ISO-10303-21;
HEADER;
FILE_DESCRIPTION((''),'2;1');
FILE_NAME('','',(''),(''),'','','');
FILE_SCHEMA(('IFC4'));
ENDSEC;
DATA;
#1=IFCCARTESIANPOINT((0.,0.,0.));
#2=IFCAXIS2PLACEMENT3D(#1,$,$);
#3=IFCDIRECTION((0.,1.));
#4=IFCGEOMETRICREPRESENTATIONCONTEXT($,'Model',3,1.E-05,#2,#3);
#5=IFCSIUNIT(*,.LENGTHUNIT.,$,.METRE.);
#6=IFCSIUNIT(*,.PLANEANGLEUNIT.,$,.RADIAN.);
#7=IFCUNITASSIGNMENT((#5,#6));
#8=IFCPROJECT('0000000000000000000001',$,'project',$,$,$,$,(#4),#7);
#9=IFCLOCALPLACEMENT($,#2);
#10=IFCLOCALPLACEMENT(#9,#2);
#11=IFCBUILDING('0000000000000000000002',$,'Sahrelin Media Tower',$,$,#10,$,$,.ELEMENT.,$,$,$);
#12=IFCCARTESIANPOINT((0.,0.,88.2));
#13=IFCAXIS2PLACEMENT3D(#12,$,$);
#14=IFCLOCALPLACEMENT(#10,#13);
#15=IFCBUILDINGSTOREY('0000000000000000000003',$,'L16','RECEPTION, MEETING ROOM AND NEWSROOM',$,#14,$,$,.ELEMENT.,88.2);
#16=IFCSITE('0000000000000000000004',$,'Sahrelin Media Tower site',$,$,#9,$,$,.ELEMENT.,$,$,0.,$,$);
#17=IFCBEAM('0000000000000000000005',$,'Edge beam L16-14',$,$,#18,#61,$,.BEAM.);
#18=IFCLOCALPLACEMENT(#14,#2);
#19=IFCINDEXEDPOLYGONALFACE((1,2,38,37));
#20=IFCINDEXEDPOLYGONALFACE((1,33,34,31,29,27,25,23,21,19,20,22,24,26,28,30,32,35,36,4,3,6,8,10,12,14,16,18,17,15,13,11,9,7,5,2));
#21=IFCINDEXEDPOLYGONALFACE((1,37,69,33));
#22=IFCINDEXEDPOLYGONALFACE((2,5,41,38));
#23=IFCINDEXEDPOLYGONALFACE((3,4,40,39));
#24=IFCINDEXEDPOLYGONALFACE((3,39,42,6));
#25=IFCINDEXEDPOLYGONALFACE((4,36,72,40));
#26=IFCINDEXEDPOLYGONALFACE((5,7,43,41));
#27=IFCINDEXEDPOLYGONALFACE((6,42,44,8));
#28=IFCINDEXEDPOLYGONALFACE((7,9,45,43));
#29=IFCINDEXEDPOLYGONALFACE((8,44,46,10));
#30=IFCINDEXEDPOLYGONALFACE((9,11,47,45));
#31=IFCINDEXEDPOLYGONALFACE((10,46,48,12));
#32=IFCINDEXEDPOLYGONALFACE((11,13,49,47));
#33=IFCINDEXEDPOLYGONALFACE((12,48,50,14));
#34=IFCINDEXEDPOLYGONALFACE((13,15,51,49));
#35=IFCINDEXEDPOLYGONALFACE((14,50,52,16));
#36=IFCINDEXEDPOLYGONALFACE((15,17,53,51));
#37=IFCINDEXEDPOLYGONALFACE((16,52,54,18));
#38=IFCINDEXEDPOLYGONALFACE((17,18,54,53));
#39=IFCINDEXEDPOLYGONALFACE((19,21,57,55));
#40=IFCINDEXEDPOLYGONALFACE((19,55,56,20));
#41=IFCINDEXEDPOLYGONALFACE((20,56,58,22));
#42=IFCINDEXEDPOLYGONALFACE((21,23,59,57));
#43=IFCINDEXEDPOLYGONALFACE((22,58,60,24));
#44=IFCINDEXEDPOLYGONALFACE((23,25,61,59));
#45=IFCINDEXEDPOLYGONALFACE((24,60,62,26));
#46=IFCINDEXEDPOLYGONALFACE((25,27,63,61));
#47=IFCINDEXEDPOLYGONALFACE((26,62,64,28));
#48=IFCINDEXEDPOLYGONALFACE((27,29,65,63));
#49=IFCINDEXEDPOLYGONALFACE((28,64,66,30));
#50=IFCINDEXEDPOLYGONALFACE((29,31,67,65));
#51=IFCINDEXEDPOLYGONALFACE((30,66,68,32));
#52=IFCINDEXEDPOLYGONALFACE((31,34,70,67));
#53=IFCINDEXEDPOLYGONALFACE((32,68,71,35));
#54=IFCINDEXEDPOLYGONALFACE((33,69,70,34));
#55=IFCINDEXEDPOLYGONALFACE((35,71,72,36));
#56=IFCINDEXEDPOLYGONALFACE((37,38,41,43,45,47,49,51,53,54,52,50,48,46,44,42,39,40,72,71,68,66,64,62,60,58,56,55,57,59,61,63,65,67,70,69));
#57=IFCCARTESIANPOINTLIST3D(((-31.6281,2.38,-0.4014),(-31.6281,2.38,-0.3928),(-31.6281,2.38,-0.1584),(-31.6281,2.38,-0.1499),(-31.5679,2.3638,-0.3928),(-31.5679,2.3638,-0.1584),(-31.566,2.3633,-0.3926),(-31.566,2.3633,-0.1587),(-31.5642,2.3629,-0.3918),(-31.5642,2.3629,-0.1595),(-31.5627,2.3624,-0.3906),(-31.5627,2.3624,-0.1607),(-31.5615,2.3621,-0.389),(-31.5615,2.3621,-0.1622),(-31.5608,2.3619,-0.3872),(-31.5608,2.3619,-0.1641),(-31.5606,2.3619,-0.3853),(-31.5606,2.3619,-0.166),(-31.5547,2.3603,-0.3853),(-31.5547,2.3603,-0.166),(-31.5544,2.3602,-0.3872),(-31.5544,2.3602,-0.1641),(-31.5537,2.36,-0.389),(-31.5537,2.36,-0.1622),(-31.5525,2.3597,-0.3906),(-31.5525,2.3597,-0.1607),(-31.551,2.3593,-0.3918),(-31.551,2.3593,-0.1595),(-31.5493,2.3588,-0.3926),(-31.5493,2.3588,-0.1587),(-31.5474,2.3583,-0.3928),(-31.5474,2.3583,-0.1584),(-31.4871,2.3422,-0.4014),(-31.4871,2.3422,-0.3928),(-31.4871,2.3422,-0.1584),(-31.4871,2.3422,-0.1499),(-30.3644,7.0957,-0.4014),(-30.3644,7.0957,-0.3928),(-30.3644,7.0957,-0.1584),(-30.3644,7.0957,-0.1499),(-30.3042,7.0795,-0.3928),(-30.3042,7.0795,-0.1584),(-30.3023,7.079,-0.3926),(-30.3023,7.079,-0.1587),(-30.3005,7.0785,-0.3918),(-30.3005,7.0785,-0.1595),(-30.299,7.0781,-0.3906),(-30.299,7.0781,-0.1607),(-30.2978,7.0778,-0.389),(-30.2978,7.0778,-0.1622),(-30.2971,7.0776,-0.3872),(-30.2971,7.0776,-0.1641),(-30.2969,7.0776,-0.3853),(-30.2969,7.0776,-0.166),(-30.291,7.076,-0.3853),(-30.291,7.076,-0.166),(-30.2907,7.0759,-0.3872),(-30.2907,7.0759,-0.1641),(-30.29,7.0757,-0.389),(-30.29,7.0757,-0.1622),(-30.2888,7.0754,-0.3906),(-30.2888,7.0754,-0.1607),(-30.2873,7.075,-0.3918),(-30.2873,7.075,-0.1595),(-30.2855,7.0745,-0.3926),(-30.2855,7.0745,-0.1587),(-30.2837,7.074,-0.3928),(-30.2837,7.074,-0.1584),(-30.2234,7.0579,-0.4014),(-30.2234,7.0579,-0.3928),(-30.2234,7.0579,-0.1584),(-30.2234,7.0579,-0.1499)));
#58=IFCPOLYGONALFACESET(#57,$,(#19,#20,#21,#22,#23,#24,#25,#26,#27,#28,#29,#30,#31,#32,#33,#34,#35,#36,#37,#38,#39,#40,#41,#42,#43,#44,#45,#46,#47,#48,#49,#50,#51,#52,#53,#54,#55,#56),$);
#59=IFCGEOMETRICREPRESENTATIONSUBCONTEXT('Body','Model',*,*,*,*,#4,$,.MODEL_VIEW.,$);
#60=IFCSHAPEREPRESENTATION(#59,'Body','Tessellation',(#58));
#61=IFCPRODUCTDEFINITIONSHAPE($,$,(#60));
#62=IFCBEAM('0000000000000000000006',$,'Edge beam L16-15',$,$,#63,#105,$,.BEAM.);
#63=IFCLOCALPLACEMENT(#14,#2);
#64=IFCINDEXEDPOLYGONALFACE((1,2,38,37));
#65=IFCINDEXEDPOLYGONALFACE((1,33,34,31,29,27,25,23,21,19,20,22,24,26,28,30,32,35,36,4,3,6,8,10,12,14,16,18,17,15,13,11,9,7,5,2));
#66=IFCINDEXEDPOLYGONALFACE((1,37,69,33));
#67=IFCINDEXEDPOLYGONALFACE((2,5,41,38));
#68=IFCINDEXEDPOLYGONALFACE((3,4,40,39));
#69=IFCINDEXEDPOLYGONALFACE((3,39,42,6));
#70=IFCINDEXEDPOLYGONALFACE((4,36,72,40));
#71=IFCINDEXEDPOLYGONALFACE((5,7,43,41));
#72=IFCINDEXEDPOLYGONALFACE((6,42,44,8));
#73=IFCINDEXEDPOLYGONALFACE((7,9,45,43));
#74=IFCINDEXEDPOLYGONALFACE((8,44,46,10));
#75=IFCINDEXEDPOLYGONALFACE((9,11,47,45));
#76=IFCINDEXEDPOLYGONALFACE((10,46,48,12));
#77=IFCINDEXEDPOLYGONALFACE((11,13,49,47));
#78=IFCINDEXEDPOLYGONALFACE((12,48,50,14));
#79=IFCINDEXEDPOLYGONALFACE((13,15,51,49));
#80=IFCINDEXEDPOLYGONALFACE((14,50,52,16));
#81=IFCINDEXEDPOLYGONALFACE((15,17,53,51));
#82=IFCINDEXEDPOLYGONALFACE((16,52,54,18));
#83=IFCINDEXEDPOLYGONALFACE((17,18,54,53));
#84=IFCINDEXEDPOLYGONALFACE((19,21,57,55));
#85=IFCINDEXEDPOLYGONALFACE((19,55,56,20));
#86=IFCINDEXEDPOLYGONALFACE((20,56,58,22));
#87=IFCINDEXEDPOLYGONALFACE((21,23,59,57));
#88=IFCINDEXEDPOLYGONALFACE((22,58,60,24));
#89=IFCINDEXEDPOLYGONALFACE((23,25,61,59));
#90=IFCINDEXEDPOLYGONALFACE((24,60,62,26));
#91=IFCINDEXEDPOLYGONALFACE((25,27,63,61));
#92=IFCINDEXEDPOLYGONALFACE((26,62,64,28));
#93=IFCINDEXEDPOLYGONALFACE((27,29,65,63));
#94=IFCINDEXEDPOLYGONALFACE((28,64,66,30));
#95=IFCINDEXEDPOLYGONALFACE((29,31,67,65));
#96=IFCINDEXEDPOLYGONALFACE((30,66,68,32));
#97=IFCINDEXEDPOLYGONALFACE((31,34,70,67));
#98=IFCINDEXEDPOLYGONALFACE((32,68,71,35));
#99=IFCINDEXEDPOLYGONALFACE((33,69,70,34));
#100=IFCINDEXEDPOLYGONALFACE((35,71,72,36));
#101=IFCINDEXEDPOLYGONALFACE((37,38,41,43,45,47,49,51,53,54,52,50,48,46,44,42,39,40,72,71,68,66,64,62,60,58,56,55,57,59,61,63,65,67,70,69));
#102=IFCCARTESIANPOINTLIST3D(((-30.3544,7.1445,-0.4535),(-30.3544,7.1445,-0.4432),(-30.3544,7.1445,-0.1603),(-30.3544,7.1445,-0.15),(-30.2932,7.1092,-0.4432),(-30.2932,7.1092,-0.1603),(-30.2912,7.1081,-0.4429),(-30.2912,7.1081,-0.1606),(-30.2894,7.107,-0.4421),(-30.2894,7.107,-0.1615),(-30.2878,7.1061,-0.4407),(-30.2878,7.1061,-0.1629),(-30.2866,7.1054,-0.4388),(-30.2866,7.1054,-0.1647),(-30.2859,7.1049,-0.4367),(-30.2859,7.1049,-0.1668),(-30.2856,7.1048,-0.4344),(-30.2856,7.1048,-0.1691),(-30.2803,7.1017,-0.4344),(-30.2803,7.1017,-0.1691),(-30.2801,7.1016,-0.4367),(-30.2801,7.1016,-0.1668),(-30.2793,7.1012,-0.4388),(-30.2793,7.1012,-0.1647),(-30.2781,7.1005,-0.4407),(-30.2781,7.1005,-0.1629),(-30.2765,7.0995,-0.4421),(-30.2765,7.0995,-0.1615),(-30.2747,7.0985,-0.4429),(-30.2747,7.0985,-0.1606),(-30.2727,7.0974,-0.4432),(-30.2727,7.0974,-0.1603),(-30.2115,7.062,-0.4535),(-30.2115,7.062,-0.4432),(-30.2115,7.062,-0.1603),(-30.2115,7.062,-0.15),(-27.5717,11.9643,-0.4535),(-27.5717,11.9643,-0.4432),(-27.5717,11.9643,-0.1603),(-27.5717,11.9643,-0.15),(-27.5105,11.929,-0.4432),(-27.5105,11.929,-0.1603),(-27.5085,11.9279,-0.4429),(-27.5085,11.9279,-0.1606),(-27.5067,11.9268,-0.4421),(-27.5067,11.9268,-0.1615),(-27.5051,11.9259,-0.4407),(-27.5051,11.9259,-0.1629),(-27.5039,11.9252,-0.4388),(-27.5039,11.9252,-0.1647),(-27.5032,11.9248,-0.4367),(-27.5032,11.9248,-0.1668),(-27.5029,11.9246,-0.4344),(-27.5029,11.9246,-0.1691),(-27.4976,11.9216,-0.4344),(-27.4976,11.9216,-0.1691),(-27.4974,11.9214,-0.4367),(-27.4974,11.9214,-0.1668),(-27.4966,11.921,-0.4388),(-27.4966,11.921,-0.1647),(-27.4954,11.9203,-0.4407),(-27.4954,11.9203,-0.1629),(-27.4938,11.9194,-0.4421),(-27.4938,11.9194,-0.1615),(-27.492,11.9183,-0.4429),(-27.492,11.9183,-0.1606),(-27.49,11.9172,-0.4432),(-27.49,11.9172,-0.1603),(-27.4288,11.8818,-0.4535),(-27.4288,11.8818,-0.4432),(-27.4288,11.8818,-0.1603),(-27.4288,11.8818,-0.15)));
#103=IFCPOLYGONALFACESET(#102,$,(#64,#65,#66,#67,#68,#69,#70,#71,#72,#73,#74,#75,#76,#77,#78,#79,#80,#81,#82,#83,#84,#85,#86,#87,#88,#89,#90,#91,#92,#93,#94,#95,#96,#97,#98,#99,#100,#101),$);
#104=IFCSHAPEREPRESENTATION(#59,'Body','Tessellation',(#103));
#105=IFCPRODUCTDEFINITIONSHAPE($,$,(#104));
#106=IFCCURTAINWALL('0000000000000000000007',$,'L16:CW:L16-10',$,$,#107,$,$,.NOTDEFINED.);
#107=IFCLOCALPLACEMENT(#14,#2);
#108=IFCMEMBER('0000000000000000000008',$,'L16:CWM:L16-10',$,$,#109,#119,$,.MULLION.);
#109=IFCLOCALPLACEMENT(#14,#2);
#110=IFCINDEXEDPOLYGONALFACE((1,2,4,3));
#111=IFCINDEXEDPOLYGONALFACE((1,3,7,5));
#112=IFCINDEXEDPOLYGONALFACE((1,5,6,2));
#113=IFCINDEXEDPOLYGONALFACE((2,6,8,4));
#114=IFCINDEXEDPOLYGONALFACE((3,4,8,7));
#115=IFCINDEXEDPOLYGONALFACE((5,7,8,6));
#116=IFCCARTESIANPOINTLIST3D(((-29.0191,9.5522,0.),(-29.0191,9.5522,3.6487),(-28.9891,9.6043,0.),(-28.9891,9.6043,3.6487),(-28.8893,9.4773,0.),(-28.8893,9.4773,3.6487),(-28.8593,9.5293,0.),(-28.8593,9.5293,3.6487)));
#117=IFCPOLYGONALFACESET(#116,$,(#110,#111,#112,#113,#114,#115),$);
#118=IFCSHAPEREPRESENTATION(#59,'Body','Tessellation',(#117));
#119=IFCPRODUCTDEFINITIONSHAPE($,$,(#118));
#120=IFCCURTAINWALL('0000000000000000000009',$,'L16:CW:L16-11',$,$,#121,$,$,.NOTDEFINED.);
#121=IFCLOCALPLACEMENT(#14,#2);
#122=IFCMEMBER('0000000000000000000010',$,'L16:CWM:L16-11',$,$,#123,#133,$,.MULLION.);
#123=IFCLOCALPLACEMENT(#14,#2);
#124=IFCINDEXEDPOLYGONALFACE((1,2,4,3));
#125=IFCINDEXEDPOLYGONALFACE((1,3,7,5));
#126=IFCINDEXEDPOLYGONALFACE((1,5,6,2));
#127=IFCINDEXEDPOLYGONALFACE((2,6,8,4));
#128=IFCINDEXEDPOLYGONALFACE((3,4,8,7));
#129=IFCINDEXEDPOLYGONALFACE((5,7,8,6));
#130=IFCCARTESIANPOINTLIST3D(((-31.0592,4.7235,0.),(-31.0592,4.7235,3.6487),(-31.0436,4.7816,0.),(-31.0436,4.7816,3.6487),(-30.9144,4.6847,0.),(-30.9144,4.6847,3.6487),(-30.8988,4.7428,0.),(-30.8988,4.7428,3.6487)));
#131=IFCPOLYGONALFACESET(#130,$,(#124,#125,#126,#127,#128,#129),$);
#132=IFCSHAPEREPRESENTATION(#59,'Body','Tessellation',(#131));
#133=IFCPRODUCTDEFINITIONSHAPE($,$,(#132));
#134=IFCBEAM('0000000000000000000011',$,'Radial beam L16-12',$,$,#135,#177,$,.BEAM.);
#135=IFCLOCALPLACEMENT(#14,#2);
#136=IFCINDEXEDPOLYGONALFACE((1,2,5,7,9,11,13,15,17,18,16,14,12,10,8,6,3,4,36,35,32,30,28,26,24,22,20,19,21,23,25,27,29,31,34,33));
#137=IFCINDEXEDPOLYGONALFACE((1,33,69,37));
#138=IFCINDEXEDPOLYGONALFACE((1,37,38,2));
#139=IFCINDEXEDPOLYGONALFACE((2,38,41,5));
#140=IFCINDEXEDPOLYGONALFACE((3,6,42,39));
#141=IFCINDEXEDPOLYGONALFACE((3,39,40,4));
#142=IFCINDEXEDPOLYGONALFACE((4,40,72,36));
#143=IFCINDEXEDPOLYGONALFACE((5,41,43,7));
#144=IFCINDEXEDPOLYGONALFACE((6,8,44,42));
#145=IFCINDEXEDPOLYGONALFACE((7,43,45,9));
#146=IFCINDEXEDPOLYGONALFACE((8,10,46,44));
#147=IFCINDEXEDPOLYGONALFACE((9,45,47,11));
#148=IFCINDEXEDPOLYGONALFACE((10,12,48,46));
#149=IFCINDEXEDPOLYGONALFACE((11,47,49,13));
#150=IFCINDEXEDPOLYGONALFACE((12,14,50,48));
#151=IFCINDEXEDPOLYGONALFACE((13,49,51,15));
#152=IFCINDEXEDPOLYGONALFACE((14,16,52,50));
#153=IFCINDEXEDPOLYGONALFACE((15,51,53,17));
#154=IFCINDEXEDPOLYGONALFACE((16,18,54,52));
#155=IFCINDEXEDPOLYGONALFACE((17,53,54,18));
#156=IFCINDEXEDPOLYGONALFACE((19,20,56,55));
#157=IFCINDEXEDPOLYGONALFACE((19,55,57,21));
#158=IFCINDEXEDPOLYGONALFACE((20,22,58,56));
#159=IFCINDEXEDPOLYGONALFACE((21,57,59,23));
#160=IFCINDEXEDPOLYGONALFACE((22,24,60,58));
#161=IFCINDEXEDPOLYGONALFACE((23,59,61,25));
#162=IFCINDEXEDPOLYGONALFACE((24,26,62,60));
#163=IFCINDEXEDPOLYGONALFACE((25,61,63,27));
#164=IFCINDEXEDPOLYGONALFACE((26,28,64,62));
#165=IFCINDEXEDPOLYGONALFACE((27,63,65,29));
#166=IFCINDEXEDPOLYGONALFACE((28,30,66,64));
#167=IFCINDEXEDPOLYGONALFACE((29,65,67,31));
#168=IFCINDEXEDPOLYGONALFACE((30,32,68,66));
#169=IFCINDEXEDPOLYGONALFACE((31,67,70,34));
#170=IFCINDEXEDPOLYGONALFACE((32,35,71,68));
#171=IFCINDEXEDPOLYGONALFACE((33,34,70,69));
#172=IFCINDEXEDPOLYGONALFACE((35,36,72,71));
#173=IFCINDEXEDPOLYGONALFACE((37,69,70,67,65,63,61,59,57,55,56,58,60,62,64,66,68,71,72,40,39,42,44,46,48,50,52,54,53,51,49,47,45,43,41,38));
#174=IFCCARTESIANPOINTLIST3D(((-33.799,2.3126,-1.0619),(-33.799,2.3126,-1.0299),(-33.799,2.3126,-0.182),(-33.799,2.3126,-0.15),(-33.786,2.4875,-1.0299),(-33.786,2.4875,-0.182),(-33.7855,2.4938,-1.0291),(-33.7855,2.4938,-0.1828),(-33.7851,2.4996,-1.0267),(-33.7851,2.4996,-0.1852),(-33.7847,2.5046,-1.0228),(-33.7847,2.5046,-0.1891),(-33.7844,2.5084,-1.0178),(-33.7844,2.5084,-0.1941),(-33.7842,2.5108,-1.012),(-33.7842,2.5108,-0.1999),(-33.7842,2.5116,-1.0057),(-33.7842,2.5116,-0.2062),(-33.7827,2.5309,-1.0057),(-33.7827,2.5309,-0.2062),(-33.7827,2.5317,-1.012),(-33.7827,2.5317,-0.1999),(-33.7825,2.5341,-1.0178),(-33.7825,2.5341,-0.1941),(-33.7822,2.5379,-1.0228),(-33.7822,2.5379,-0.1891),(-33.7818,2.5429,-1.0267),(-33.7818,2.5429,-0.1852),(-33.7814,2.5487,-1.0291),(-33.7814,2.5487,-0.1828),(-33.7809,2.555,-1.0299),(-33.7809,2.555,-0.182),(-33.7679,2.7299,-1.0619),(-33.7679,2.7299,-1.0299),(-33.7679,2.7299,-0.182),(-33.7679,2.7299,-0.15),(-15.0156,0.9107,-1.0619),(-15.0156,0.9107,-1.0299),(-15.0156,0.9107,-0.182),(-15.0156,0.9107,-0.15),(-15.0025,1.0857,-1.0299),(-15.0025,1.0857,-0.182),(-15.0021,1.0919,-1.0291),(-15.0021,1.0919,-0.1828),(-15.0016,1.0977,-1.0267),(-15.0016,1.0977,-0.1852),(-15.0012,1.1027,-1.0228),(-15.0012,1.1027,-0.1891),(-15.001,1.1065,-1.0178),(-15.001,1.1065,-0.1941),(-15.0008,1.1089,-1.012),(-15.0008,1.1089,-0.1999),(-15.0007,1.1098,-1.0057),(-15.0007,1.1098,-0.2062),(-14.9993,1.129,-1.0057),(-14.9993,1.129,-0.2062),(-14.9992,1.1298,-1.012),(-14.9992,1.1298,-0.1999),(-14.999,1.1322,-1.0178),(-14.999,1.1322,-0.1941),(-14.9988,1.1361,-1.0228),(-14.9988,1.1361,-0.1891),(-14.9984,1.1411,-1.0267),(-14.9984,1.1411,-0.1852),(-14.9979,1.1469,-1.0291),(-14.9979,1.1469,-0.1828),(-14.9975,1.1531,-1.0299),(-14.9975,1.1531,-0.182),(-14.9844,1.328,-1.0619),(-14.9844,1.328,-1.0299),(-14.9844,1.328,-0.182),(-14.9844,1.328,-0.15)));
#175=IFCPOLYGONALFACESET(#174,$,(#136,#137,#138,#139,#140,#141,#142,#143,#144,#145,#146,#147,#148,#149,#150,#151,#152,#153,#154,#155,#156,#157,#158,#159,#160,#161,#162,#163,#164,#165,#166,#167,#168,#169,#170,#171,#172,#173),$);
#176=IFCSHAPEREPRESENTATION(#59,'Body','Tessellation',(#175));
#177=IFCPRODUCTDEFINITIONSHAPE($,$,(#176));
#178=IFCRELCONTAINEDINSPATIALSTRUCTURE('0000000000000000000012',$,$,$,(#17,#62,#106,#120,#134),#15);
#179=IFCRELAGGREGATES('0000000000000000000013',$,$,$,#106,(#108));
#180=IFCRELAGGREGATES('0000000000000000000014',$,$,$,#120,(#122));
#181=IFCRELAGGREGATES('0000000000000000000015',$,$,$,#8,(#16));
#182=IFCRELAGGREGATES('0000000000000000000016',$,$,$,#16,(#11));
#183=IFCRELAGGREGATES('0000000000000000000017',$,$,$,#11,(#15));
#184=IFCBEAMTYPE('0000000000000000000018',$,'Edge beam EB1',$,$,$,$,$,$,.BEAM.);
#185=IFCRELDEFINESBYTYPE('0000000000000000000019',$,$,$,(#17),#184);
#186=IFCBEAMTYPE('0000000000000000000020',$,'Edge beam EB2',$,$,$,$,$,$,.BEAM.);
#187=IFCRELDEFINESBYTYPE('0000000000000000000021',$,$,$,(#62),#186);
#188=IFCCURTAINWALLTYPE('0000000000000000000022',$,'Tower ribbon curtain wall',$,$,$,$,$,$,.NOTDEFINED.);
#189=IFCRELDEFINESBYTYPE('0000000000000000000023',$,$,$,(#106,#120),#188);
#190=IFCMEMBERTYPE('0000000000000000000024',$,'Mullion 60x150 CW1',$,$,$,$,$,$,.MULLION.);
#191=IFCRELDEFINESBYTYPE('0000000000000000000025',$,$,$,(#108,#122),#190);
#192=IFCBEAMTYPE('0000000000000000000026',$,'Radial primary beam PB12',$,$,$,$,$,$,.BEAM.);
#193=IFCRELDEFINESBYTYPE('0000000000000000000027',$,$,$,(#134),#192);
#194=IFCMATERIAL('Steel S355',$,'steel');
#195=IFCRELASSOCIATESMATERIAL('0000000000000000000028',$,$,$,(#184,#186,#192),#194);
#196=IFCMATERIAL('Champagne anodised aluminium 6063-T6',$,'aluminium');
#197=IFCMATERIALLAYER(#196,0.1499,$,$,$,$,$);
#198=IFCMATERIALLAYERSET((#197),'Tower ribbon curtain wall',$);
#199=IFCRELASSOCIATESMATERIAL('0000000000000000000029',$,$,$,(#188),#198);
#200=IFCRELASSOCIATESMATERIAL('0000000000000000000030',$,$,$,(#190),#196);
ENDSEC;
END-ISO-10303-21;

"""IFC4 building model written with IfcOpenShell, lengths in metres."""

from ifc_helpers import new_model, si_unit, direction, frame, origin, origin_2d, place, context, subcontext, project, spatial, rectangle, i_section, extrude, material, layer, layer_set, material_profile, profile_set, type_object, element, aggregate, save


model = new_model("IFC4")

# Units and contexts
model_context = context("Model", 3, precision=1e-05, world=origin(), true_north=direction((0.0, 1.0)))
body_context = subcontext(model_context, "Body", "Model", "MODEL_VIEW")
ifc_project = project(units=[si_unit("LENGTHUNIT", "METRE"), si_unit("PLANEANGLEUNIT", "RADIAN")], contexts=[model_context])

# Site, building, storey
site_placement = place(None, origin())
site = spatial("IfcSite", under=ifc_project, at=site_placement, Name="Sahrelin Media Tower site", CompositionType="ELEMENT", RefElevation=0.0)
building_placement = place(site_placement, origin())
building = spatial("IfcBuilding", under=site, at=building_placement, Name="Sahrelin Media Tower", CompositionType="ELEMENT")
storey_placement = place(building_placement, frame((0.0, 0.0, 88.2)))
storey = spatial("IfcBuildingStorey", under=building, at=storey_placement, Name="L16", Description="RECEPTION, MEETING ROOM AND NEWSROOM", CompositionType="ELEMENT", Elevation=88.2)

# Beams
ifc_material_1 = material(Name="Steel S355", Category="steel")
ifc_material_profile_1 = material_profile(ifc_material_1, i_section(OverallWidth=0.146, OverallDepth=0.2515, WebThickness=0.0061, FlangeThickness=0.0085, FilletRadius=0.0076, at=origin_2d()), Name="UB 254x146x31")
ifc_profile_set_1 = profile_set([ifc_material_profile_1], Name="Steel S355")
beam_type_1 = type_object("IfcBeamType", Name="Edge beam EB1", PredefinedType="BEAM", material=ifc_profile_set_1)
beam_1_placement = place(storey_placement, frame((-31.5576, 2.3611, -0.2756), z_axis=(0.258845, 0.965919, 0.0), x_axis=(-0.965919, 0.258845, 0.0)))
element("IfcBeam", 1, at=beam_1_placement, inside=storey, type_object=beam_type_1, Name="Edge beam L16-14", PredefinedType="BEAM", context=body_context, shape_type="SweptSolid", body=[
    extrude(i_section(OverallWidth=0.146, OverallDepth=0.2515, WebThickness=0.0061, FlangeThickness=0.0085, FilletRadius=0.0076, at=origin_2d()), origin(), (0.0, 0.0, 1.0), 4.8821),
])
ifc_material_profile_2 = material_profile(ifc_material_1, i_section(OverallWidth=0.165, OverallDepth=0.3035, WebThickness=0.0061, FlangeThickness=0.0103, FilletRadius=0.0088, at=origin_2d()), Name="UB 305x165x40")
ifc_profile_set_2 = profile_set([ifc_material_profile_2], Name="Steel S355")
beam_type_2 = type_object("IfcBeamType", Name="Edge beam EB2", PredefinedType="BEAM", material=ifc_profile_set_2)
beam_2_placement = place(storey_placement, frame((-30.283, 7.1033, -0.3018), z_axis=(0.499998, 0.866026, 0.0), x_axis=(-0.866026, 0.499998, 0.0)))
element("IfcBeam", 2, at=beam_2_placement, inside=storey, type_object=beam_type_2, Name="Edge beam L16-15", PredefinedType="BEAM", context=body_context, shape_type="SweptSolid", body=[
    extrude(i_section(OverallWidth=0.165, OverallDepth=0.3035, WebThickness=0.0061, FlangeThickness=0.0103, FilletRadius=0.0088, at=origin_2d()), origin(), (0.0, 0.0, 1.0), 5.5654),
])

# Curtain walls, members
ifc_material_2 = material(Name="Champagne anodised aluminium 6063-T6", Category="aluminium")
ifc_layer_1 = layer(ifc_material_2, 0.1499)
ifc_layer_set_1 = layer_set([ifc_layer_1], Name="Tower ribbon curtain wall")
curtain_wall_type = type_object("IfcCurtainWallType", Name="Tower ribbon curtain wall", PredefinedType="NOTDEFINED", material=ifc_layer_set_1)
curtain_wall_1_placement = place(storey_placement, frame((-29.0215, 9.5884, 0.0), z_axis=(0.0, 0.0, 1.0), x_axis=(1.0, 0.0, 0.0)))
curtain_wall_1 = element("IfcCurtainWall", 3, at=curtain_wall_1_placement, inside=storey, type_object=curtain_wall_type, Name="L16:CW:L16-10", PredefinedType="NOTDEFINED")
ifc_material_profile_3 = material_profile(ifc_material_2, rectangle(XDim=0.0601, YDim=0.1499, at=origin_2d()), Name="Mullion 60x150")
ifc_profile_set_3 = profile_set([ifc_material_profile_3], Name="Champagne anodised aluminium 6063-T6")
member_type_1 = type_object("IfcMemberType", Name="Mullion 60x150 CW1", PredefinedType="MULLION", material=ifc_profile_set_3)
member_1_placement = place(storey_placement, frame((-28.9392, 9.5408, 0.0), z_axis=(0.0, 0.0, 1.0), x_axis=(-0.499991, -0.866031, 0.0)))
member_1 = element("IfcMember", 4, at=member_1_placement, type_object=member_type_1, Name="L16:CWM:L16-10", PredefinedType="MULLION", context=body_context, shape_type="SweptSolid", body=[
    extrude(rectangle(XDim=0.0601, YDim=0.1499, at=origin_2d()), origin(), (0.0, 0.0, 1.0), 3.6487),
])
aggregate(curtain_wall_1, [member_1])
curtain_wall_2_placement = place(storey_placement, frame((-31.0708, 4.7576, 0.0), z_axis=(0.0, 0.0, 1.0), x_axis=(1.0, 0.0, 0.0)))
curtain_wall_2 = element("IfcCurtainWall", 5, at=curtain_wall_2_placement, inside=storey, type_object=curtain_wall_type, Name="L16:CW:L16-11", PredefinedType="NOTDEFINED")
member_2_placement = place(storey_placement, frame((-30.979, 4.7332, 0.0), z_axis=(0.0, 0.0, 1.0), x_axis=(-0.258817, -0.965926, 0.0)))
member_2 = element("IfcMember", 6, at=member_2_placement, type_object=member_type_1, Name="L16:CWM:L16-11", PredefinedType="MULLION", context=body_context, shape_type="SweptSolid", body=[
    extrude(rectangle(XDim=0.0601, YDim=0.1499, at=origin_2d()), origin(), (0.0, 0.0, 1.0), 3.6487),
])

# Beam
ifc_material_profile_4 = material_profile(ifc_material_1, i_section(OverallWidth=0.4185, OverallDepth=0.9119, WebThickness=0.0193, FlangeThickness=0.032, FilletRadius=0.0242, at=origin_2d()), Name="UB 914x419x343")
ifc_profile_set_4 = profile_set([ifc_material_profile_4], Name="Steel S355")
beam_type_3 = type_object("IfcBeamType", Name="Radial primary beam PB12", PredefinedType="BEAM", material=ifc_profile_set_4)
beam_3_placement = place(storey_placement, frame((-15.0, 1.1194, -0.606), z_axis=(-0.997227, 0.074426, 0.0), x_axis=(-0.074426, -0.997227, 0.0)))
element("IfcBeam", 7, at=beam_3_placement, inside=storey, type_object=beam_type_3, Name="Radial beam L16-12", PredefinedType="BEAM", context=body_context, shape_type="SweptSolid", body=[
    extrude(i_section(OverallWidth=0.4185, OverallDepth=0.9119, WebThickness=0.0193, FlangeThickness=0.032, FilletRadius=0.0242, at=origin_2d()), origin(), (0.0, 0.0, 1.0), 18.8357),
])

aggregate(curtain_wall_2, [member_2])

save(model, "model.ifc")
